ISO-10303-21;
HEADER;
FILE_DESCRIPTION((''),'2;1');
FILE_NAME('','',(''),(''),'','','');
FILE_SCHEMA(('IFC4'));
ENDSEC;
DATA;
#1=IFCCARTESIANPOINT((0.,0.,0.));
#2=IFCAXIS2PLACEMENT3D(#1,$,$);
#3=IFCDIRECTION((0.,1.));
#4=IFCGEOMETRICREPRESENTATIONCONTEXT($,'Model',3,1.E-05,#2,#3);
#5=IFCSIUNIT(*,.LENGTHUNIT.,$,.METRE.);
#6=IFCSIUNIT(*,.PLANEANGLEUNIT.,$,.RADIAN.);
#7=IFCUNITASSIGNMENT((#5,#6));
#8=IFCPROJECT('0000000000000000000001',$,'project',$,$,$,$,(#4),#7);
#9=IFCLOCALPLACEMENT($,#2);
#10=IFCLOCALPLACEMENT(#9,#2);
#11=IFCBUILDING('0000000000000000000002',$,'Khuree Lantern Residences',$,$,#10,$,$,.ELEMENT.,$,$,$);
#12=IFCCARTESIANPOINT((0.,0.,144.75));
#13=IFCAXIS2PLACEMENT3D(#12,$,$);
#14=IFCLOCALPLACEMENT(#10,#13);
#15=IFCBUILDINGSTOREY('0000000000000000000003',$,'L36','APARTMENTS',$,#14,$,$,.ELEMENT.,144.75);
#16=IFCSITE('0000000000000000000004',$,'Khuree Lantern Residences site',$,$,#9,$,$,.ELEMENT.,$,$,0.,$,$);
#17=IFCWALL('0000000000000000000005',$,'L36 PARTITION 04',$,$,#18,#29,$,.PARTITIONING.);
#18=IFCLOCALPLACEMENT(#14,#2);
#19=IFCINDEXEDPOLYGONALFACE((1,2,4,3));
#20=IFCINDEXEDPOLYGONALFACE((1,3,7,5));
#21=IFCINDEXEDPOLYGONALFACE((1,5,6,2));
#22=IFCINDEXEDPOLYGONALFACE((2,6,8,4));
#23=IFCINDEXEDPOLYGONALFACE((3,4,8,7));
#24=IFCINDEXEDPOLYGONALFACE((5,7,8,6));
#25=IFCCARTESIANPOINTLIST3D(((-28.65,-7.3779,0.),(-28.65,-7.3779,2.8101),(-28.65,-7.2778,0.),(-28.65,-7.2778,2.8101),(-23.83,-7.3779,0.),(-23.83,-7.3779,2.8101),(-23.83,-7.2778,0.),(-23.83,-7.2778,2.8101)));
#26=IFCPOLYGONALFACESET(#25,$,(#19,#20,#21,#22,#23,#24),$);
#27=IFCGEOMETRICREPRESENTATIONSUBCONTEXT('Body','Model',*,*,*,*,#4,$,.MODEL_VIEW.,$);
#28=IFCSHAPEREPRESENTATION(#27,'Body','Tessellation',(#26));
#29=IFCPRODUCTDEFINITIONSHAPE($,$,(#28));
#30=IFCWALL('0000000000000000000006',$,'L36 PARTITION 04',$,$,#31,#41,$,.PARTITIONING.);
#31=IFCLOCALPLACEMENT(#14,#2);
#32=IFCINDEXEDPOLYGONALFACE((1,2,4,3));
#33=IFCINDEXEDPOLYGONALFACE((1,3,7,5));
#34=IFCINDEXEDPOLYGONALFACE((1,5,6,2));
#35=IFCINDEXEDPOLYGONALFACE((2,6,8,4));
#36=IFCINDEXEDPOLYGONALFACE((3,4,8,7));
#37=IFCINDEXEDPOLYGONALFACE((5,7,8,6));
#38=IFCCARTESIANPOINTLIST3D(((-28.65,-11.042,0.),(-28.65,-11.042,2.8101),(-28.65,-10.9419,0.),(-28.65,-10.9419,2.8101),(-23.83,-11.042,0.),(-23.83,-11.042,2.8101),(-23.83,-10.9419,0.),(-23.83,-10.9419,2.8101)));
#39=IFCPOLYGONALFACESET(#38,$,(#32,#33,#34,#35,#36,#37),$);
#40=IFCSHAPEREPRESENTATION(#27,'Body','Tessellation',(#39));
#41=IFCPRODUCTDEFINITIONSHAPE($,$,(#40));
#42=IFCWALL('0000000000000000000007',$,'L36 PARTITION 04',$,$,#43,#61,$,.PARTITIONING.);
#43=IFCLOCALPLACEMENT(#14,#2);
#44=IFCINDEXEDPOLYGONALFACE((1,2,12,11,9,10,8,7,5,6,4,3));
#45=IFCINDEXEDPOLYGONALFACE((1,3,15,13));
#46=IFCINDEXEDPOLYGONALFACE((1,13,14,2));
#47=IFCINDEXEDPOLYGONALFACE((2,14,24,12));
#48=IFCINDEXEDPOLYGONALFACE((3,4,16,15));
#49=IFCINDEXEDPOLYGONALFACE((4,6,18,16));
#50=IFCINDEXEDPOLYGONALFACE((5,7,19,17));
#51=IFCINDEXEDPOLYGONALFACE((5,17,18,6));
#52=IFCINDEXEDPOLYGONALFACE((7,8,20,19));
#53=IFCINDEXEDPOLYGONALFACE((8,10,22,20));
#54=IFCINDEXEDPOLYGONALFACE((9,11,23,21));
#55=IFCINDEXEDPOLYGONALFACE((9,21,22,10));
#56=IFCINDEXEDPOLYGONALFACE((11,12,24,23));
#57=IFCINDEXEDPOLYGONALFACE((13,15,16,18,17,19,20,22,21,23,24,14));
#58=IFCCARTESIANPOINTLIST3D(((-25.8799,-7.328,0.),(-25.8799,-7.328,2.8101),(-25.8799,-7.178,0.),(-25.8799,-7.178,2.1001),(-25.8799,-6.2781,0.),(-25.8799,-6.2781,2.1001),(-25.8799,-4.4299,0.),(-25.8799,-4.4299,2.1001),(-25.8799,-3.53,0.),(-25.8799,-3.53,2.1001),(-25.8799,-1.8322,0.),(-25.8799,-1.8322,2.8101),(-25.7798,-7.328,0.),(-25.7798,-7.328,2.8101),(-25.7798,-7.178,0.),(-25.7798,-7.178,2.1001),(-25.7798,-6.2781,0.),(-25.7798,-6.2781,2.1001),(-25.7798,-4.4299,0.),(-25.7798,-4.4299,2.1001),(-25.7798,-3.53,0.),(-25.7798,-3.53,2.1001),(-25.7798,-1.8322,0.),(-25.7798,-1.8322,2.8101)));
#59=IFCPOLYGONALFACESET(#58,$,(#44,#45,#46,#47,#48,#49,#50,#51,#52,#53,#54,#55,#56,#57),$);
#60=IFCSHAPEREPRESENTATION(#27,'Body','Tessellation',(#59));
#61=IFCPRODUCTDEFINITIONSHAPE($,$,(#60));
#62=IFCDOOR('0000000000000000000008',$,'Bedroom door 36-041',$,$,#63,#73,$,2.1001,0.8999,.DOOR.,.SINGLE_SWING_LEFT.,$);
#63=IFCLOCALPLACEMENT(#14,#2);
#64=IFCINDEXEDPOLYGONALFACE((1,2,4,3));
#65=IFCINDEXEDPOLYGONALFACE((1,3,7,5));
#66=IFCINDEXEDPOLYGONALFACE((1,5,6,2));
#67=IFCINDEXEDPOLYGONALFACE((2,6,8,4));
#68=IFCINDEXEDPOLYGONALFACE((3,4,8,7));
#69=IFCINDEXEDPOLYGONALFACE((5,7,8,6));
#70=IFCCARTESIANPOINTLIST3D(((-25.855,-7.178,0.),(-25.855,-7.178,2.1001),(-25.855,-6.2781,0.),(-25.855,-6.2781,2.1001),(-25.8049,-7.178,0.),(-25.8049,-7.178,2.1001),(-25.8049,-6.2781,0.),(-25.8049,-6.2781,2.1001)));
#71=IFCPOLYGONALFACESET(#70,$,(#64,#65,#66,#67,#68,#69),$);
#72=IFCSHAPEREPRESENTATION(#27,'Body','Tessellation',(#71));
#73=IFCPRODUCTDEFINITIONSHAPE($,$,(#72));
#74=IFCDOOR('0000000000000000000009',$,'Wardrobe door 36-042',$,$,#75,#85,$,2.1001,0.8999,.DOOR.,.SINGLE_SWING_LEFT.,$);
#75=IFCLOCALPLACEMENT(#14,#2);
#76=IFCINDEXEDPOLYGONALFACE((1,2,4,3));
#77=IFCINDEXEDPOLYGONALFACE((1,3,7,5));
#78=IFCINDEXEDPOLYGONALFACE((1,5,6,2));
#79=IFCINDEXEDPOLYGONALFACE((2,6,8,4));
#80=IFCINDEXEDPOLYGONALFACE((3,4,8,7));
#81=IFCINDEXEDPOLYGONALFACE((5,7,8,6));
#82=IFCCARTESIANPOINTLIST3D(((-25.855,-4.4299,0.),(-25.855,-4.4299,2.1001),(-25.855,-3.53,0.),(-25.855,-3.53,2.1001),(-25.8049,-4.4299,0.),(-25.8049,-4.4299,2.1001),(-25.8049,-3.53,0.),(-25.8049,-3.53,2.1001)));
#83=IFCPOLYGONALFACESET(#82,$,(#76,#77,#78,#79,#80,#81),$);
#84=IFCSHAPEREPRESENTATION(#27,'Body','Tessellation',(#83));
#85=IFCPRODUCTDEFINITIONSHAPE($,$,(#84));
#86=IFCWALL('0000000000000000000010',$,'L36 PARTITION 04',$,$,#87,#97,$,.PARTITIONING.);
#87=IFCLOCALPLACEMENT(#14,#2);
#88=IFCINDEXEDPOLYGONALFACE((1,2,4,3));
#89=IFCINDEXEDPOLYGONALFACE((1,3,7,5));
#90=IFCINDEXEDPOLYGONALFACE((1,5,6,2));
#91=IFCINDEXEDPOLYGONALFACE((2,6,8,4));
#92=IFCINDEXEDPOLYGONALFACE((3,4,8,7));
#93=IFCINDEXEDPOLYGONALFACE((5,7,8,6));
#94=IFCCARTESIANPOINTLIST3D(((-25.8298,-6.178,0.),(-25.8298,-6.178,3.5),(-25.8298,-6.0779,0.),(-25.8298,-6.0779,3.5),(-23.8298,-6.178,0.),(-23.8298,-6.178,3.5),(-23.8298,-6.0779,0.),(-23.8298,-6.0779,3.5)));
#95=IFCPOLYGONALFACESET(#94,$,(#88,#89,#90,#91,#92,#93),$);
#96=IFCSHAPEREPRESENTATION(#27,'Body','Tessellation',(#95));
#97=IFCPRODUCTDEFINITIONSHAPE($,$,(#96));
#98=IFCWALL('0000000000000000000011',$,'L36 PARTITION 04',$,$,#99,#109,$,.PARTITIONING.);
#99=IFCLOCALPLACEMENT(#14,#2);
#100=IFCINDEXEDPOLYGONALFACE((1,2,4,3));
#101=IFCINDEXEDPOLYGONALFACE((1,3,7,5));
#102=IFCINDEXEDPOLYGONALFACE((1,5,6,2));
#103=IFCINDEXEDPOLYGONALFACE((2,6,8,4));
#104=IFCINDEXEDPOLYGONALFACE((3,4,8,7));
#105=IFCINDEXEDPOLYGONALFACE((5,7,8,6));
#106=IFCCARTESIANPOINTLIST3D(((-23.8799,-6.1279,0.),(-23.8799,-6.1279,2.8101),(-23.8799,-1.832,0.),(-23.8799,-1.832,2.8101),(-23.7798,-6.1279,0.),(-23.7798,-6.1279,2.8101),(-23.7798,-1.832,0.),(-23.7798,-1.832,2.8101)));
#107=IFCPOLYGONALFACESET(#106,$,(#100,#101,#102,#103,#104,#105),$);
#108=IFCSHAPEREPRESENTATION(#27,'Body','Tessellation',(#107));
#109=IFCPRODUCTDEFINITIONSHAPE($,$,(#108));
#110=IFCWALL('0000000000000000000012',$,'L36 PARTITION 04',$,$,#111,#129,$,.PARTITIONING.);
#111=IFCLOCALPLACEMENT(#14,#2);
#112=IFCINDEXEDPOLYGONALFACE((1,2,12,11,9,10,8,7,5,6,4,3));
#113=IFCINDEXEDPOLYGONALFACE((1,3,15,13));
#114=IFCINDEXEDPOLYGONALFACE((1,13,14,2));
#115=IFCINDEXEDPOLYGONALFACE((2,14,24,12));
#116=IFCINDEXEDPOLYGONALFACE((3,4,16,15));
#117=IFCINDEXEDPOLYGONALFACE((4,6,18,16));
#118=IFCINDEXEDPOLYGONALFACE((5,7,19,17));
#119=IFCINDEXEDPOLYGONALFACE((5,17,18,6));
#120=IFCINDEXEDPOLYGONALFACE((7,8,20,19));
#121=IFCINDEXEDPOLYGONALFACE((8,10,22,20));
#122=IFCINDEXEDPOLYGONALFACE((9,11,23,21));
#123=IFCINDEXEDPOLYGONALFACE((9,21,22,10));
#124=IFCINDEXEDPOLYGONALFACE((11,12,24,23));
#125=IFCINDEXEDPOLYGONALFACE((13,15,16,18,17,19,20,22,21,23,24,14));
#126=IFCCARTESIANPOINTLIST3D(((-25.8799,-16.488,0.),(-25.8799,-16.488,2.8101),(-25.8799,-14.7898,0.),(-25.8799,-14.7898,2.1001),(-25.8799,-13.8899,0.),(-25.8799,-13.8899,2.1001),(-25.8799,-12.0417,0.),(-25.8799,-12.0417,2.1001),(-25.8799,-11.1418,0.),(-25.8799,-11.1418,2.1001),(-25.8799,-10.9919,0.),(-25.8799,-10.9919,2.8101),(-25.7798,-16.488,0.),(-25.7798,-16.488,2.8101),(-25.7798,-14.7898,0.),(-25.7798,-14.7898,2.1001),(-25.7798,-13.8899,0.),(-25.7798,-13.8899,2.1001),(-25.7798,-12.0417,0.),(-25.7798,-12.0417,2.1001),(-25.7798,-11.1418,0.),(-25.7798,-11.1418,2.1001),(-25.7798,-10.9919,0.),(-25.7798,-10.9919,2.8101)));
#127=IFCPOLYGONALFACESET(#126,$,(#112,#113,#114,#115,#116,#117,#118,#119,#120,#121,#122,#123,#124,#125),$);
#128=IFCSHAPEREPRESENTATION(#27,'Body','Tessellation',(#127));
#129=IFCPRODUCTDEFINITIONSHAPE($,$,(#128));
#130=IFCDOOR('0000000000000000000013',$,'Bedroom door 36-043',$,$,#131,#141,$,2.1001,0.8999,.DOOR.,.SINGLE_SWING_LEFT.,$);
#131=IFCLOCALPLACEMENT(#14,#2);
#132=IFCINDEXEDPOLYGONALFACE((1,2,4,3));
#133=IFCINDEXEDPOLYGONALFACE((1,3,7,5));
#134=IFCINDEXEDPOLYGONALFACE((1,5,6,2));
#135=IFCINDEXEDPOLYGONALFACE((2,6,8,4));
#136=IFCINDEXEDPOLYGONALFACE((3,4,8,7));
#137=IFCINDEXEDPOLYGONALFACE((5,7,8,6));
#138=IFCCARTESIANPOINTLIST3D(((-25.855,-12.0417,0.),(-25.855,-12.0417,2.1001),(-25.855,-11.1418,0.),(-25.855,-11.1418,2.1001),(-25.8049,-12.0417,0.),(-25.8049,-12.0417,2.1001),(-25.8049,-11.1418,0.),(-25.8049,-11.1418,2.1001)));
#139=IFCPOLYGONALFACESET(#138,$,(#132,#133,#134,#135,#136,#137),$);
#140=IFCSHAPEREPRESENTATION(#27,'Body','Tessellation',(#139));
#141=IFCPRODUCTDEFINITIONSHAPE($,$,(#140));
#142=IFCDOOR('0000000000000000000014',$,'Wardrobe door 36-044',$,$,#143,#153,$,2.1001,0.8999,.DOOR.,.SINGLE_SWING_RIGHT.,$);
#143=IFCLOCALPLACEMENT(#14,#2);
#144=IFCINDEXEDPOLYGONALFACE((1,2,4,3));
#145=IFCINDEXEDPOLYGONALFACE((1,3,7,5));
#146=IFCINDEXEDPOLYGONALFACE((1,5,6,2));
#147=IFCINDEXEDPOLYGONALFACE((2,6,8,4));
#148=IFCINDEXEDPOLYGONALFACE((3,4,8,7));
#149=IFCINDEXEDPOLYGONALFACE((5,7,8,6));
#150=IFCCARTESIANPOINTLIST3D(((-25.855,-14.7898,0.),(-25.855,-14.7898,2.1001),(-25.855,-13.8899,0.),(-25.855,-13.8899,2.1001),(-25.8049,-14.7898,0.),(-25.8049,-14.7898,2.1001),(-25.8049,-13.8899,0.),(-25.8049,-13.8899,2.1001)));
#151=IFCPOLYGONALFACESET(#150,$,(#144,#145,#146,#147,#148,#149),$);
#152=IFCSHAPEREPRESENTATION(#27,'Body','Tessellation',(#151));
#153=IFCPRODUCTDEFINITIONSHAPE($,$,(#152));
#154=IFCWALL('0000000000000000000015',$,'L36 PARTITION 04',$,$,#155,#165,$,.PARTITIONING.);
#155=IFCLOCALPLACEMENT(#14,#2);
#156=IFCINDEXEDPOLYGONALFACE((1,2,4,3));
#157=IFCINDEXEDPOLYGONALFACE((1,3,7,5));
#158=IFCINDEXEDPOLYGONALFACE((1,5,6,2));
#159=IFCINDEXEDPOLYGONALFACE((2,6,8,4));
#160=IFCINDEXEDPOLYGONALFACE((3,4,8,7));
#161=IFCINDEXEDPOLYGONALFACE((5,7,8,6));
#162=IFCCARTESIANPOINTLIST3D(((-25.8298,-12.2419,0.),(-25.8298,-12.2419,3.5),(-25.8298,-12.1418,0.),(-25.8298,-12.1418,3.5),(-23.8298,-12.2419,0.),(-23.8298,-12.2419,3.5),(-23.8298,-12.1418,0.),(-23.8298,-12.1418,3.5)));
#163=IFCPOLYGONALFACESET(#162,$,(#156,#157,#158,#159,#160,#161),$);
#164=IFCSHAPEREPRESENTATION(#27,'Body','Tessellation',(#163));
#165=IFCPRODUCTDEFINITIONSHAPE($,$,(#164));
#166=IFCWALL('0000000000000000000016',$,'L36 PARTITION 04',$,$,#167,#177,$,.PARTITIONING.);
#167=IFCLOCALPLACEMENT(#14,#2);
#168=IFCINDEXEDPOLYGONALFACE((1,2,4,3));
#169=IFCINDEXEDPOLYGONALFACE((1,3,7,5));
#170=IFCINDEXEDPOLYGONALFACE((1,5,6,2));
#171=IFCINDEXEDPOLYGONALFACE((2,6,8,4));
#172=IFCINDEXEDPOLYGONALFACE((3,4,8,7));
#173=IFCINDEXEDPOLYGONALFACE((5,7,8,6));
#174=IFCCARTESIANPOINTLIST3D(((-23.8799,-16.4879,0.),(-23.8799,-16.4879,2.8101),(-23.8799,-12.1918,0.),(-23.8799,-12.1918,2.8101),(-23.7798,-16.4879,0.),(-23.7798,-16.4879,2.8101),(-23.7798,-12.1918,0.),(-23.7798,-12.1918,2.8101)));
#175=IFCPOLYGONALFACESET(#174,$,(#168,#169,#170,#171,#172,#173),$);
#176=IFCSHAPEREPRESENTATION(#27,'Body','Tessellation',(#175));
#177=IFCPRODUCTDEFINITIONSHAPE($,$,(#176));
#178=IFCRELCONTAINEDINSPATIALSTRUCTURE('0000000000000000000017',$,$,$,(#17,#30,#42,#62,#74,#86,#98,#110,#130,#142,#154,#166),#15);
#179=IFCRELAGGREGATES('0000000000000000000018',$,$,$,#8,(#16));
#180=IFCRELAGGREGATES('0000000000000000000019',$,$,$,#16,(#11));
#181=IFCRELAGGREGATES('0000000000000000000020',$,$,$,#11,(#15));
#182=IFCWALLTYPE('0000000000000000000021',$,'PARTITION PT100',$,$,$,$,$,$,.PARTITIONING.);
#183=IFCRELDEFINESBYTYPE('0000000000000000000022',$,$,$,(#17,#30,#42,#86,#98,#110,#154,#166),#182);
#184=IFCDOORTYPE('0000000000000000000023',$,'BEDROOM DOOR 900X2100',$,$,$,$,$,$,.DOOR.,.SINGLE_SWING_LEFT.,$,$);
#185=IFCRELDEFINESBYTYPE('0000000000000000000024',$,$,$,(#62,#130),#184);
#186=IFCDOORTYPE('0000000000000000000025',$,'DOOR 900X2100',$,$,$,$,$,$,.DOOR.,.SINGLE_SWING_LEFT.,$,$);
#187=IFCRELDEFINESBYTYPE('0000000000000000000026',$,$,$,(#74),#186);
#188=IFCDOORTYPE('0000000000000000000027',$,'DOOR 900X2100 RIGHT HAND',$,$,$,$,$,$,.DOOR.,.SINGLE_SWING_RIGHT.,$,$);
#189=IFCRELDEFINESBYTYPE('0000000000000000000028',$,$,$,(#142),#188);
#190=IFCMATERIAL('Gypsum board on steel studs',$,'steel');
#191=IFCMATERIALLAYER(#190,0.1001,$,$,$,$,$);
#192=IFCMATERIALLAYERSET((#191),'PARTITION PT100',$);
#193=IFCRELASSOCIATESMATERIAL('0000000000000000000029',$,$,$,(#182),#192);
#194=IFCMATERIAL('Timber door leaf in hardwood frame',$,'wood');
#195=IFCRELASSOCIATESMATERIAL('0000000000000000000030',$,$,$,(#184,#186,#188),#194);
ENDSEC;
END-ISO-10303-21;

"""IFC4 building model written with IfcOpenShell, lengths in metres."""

from ifc_helpers import new_model, si_unit, direction, frame, frame_2d, origin, place, context, subcontext, project, spatial, rectangle, extrude, material, layer, layer_set, type_object, element, fill, save


model = new_model("IFC4")

# Units and contexts
model_context = context("Model", 3, precision=1e-05, world=origin(), true_north=direction((0.0, 1.0)))
body_context = subcontext(model_context, "Body", "Model", "MODEL_VIEW")
ifc_project = project(units=[si_unit("LENGTHUNIT", "METRE"), si_unit("PLANEANGLEUNIT", "RADIAN")], contexts=[model_context])

# Site, building, storey
site_placement = place(None, origin())
site = spatial("IfcSite", under=ifc_project, at=site_placement, Name="Khuree Lantern Residences site", CompositionType="ELEMENT", RefElevation=0.0)
building_placement = place(site_placement, origin())
building = spatial("IfcBuilding", under=site, at=building_placement, Name="Khuree Lantern Residences", CompositionType="ELEMENT")
storey_placement = place(building_placement, frame((0.0, 0.0, 144.75)))
storey = spatial("IfcBuildingStorey", under=building, at=storey_placement, Name="L36", Description="APARTMENTS", CompositionType="ELEMENT", Elevation=144.75)

# Walls
ifc_material_1 = material(Name="Gypsum board on steel studs", Category="steel")
ifc_layer_1 = layer(ifc_material_1, 0.1001)
ifc_layer_set_1 = layer_set([ifc_layer_1], Name="PARTITION PT100")
wall_type_1 = type_object("IfcWallType", Name="PARTITION PT100", PredefinedType="PARTITIONING", material=ifc_layer_set_1)
for number, where, z_axis, x_axis, name in (
    (1, (-23.8298, -7.3279, 0.0), (0.0, 0.0, 1.0), (-1.0, 0.0, 0.0), "L36 PARTITION 04"),
    (2, (-23.8298, -10.9919, 0.0), (0.0, 0.0, 1.0), (-1.0, 0.0, 0.0), "L36 PARTITION 04"),
):
    element("IfcWall", number, at=place(storey_placement, frame(where, z_axis=z_axis, x_axis=x_axis)), inside=storey, type_object=wall_type_1, Name=name, PredefinedType="PARTITIONING", context=body_context, shape_type="SweptSolid", body=[
        extrude(rectangle(XDim=4.8201, YDim=0.1001, at=frame_2d((2.4102, 0.0))), origin(), (0.0, 0.0, 1.0), 2.8101),
    ])

# Wall, openings, doors
wall_1_placement = place(storey_placement, frame((-25.8298, -1.832, 0.0), z_axis=(0.0, 0.0, 1.0), x_axis=(0.0, -1.0, 0.0)))
wall_1 = element("IfcWall", 3, at=wall_1_placement, inside=storey, type_object=wall_type_1, Name="L36 PARTITION 04", PredefinedType="PARTITIONING", context=body_context, shape_type="SweptSolid", body=[
    extrude(rectangle(XDim=5.4958, YDim=0.1001, at=frame_2d((2.748, 0.0))), origin(), (0.0, 0.0, 1.0), 2.8101),
])
opening_1_placement = place(wall_1_placement, frame((4.446, 0.0, 0.0)))
opening_1 = element("IfcOpeningElement", 4, at=opening_1_placement, cuts=wall_1, PredefinedType="OPENING", context=body_context, shape_type="SweptSolid", body=[
    extrude(rectangle(XDim=0.8999, YDim=2.1001, at=frame_2d((0.45, 1.05))), frame((0.0, 0.0601, 0.0), z_axis=(0.0, -1.0, 0.0), x_axis=(1.0, 0.0, 0.0)), (0.0, 0.0, 1.0), 0.1201),
])
opening_2_placement = place(wall_1_placement, frame((1.698, 0.0, 0.0)))
opening_2 = element("IfcOpeningElement", 5, at=opening_2_placement, cuts=wall_1, PredefinedType="OPENING", context=body_context, shape_type="SweptSolid", body=[
    extrude(rectangle(XDim=0.8999, YDim=2.1001, at=frame_2d((0.45, 1.05))), frame((0.0, 0.0601, 0.0), z_axis=(0.0, -1.0, 0.0), x_axis=(1.0, 0.0, 0.0)), (0.0, 0.0, 1.0), 0.1201),
])
ifc_material_2 = material(Name="Timber door leaf in hardwood frame", Category="wood")
door_type_1 = type_object("IfcDoorType", Name="BEDROOM DOOR 900X2100", OperationType="SINGLE_SWING_LEFT", PredefinedType="DOOR", material=ifc_material_2)
door_1_placement = place(opening_1_placement, origin())
door_1 = element("IfcDoor", 6, at=door_1_placement, inside=storey, type_object=door_type_1, Name="Bedroom door 36-041", OperationType="SINGLE_SWING_LEFT", OverallHeight=2.1001, OverallWidth=0.8999, PredefinedType="DOOR", context=body_context, shape_type="SweptSolid", body=[
    extrude(rectangle(XDim=0.8999, YDim=2.1001, at=frame_2d((0.45, 1.05))), frame((0.0, 0.0249, 0.0), z_axis=(0.0, -1.0, 0.0), x_axis=(1.0, 0.0, 0.0)), (0.0, 0.0, 1.0), 0.05),
])
fill(opening_1, door_1)
door_type_2 = type_object("IfcDoorType", Name="DOOR 900X2100", OperationType="SINGLE_SWING_LEFT", PredefinedType="DOOR", material=ifc_material_2)
door_2_placement = place(opening_2_placement, origin())
door_2 = element("IfcDoor", 7, at=door_2_placement, inside=storey, type_object=door_type_2, Name="Wardrobe door 36-042", OperationType="SINGLE_SWING_LEFT", OverallHeight=2.1001, OverallWidth=0.8999, PredefinedType="DOOR", context=body_context, shape_type="SweptSolid", body=[
    extrude(rectangle(XDim=0.8999, YDim=2.1001, at=frame_2d((0.45, 1.05))), frame((0.0, 0.0249, 0.0), z_axis=(0.0, -1.0, 0.0), x_axis=(1.0, 0.0, 0.0)), (0.0, 0.0, 1.0), 0.05),
])
fill(opening_2, door_2)

# Walls
wall_2_placement = place(storey_placement, frame((-23.8298, -6.1279, 0.0), z_axis=(0.0, 0.0, 1.0), x_axis=(-1.0, 0.0, 0.0)))
element("IfcWall", 8, at=wall_2_placement, inside=storey, type_object=wall_type_1, Name="L36 PARTITION 04", PredefinedType="PARTITIONING", context=body_context, shape_type="SweptSolid", body=[
    extrude(rectangle(XDim=2.0, YDim=0.1001, at=frame_2d((1.0, 0.0))), origin(), (0.0, 0.0, 1.0), 3.5),
])
wall_3_placement = place(storey_placement, frame((-23.8298, -1.832, 0.0), z_axis=(0.0, 0.0, 1.0), x_axis=(0.0, -1.0, 0.0)))
element("IfcWall", 9, at=wall_3_placement, inside=storey, type_object=wall_type_1, Name="L36 PARTITION 04", PredefinedType="PARTITIONING", context=body_context, shape_type="SweptSolid", body=[
    extrude(rectangle(XDim=4.2959, YDim=0.1001, at=frame_2d((2.1479, 0.0))), origin(), (0.0, 0.0, 1.0), 2.8101),
])

# Wall, openings, doors
wall_4_placement = place(storey_placement, frame((-25.8298, -10.9919, 0.0), z_axis=(0.0, 0.0, 1.0), x_axis=(0.0, -1.0, 0.0)))
wall_4 = element("IfcWall", 10, at=wall_4_placement, inside=storey, type_object=wall_type_1, Name="L36 PARTITION 04", PredefinedType="PARTITIONING", context=body_context, shape_type="SweptSolid", body=[
    extrude(rectangle(XDim=5.4961, YDim=0.1001, at=frame_2d((2.748, 0.0))), origin(), (0.0, 0.0, 1.0), 2.8101),
])
opening_3_placement = place(wall_4_placement, frame((0.1499, 0.0, 0.0)))
opening_3 = element("IfcOpeningElement", 11, at=opening_3_placement, cuts=wall_4, PredefinedType="OPENING", context=body_context, shape_type="SweptSolid", body=[
    extrude(rectangle(XDim=0.8999, YDim=2.1001, at=frame_2d((0.45, 1.05))), frame((0.0, 0.0601, 0.0), z_axis=(0.0, -1.0, 0.0), x_axis=(1.0, 0.0, 0.0)), (0.0, 0.0, 1.0), 0.1201),
])
opening_4_placement = place(wall_4_placement, frame((2.8979, 0.0, 0.0)))
opening_4 = element("IfcOpeningElement", 12, at=opening_4_placement, cuts=wall_4, PredefinedType="OPENING", context=body_context, shape_type="SweptSolid", body=[
    extrude(rectangle(XDim=0.8999, YDim=2.1001, at=frame_2d((0.45, 1.05))), frame((0.0, 0.0601, 0.0), z_axis=(0.0, -1.0, 0.0), x_axis=(1.0, 0.0, 0.0)), (0.0, 0.0, 1.0), 0.1201),
])
door_3_placement = place(opening_3_placement, origin())
door_3 = element("IfcDoor", 13, at=door_3_placement, inside=storey, type_object=door_type_1, Name="Bedroom door 36-043", OperationType="SINGLE_SWING_LEFT", OverallHeight=2.1001, OverallWidth=0.8999, PredefinedType="DOOR", context=body_context, shape_type="SweptSolid", body=[
    extrude(rectangle(XDim=0.8999, YDim=2.1001, at=frame_2d((0.45, 1.05))), frame((0.0, 0.0249, 0.0), z_axis=(0.0, -1.0, 0.0), x_axis=(1.0, 0.0, 0.0)), (0.0, 0.0, 1.0), 0.05),
])
fill(opening_3, door_3)
door_type_3 = type_object("IfcDoorType", Name="DOOR 900X2100 RIGHT HAND", OperationType="SINGLE_SWING_RIGHT", PredefinedType="DOOR", material=ifc_material_2)
door_4_placement = place(opening_4_placement, origin())
door_4 = element("IfcDoor", 14, at=door_4_placement, inside=storey, type_object=door_type_3, Name="Wardrobe door 36-044", OperationType="SINGLE_SWING_RIGHT", OverallHeight=2.1001, OverallWidth=0.8999, PredefinedType="DOOR", context=body_context, shape_type="SweptSolid", body=[
    extrude(rectangle(XDim=0.8999, YDim=2.1001, at=frame_2d((0.45, 1.05))), frame((0.0, 0.0249, 0.0), z_axis=(0.0, -1.0, 0.0), x_axis=(1.0, 0.0, 0.0)), (0.0, 0.0, 1.0), 0.05),
])
fill(opening_4, door_4)

# Walls
wall_5_placement = place(storey_placement, frame((-23.8298, -12.1919, 0.0), z_axis=(0.0, 0.0, 1.0), x_axis=(-1.0, 0.0, 0.0)))
element("IfcWall", 15, at=wall_5_placement, inside=storey, type_object=wall_type_1, Name="L36 PARTITION 04", PredefinedType="PARTITIONING", context=body_context, shape_type="SweptSolid", body=[
    extrude(rectangle(XDim=2.0, YDim=0.1001, at=frame_2d((1.0, 0.0))), origin(), (0.0, 0.0, 1.0), 3.5),
])
wall_6_placement = place(storey_placement, frame((-23.8298, -12.1919, 0.0), z_axis=(0.0, 0.0, 1.0), x_axis=(0.0, -1.0, 0.0)))
element("IfcWall", 16, at=wall_6_placement, inside=storey, type_object=wall_type_1, Name="L36 PARTITION 04", PredefinedType="PARTITIONING", context=body_context, shape_type="SweptSolid", body=[
    extrude(rectangle(XDim=4.2961, YDim=0.1001, at=frame_2d((2.1479, 0.0))), origin(), (0.0, 0.0, 1.0), 2.8101),
])

save(model, "model.ifc")
